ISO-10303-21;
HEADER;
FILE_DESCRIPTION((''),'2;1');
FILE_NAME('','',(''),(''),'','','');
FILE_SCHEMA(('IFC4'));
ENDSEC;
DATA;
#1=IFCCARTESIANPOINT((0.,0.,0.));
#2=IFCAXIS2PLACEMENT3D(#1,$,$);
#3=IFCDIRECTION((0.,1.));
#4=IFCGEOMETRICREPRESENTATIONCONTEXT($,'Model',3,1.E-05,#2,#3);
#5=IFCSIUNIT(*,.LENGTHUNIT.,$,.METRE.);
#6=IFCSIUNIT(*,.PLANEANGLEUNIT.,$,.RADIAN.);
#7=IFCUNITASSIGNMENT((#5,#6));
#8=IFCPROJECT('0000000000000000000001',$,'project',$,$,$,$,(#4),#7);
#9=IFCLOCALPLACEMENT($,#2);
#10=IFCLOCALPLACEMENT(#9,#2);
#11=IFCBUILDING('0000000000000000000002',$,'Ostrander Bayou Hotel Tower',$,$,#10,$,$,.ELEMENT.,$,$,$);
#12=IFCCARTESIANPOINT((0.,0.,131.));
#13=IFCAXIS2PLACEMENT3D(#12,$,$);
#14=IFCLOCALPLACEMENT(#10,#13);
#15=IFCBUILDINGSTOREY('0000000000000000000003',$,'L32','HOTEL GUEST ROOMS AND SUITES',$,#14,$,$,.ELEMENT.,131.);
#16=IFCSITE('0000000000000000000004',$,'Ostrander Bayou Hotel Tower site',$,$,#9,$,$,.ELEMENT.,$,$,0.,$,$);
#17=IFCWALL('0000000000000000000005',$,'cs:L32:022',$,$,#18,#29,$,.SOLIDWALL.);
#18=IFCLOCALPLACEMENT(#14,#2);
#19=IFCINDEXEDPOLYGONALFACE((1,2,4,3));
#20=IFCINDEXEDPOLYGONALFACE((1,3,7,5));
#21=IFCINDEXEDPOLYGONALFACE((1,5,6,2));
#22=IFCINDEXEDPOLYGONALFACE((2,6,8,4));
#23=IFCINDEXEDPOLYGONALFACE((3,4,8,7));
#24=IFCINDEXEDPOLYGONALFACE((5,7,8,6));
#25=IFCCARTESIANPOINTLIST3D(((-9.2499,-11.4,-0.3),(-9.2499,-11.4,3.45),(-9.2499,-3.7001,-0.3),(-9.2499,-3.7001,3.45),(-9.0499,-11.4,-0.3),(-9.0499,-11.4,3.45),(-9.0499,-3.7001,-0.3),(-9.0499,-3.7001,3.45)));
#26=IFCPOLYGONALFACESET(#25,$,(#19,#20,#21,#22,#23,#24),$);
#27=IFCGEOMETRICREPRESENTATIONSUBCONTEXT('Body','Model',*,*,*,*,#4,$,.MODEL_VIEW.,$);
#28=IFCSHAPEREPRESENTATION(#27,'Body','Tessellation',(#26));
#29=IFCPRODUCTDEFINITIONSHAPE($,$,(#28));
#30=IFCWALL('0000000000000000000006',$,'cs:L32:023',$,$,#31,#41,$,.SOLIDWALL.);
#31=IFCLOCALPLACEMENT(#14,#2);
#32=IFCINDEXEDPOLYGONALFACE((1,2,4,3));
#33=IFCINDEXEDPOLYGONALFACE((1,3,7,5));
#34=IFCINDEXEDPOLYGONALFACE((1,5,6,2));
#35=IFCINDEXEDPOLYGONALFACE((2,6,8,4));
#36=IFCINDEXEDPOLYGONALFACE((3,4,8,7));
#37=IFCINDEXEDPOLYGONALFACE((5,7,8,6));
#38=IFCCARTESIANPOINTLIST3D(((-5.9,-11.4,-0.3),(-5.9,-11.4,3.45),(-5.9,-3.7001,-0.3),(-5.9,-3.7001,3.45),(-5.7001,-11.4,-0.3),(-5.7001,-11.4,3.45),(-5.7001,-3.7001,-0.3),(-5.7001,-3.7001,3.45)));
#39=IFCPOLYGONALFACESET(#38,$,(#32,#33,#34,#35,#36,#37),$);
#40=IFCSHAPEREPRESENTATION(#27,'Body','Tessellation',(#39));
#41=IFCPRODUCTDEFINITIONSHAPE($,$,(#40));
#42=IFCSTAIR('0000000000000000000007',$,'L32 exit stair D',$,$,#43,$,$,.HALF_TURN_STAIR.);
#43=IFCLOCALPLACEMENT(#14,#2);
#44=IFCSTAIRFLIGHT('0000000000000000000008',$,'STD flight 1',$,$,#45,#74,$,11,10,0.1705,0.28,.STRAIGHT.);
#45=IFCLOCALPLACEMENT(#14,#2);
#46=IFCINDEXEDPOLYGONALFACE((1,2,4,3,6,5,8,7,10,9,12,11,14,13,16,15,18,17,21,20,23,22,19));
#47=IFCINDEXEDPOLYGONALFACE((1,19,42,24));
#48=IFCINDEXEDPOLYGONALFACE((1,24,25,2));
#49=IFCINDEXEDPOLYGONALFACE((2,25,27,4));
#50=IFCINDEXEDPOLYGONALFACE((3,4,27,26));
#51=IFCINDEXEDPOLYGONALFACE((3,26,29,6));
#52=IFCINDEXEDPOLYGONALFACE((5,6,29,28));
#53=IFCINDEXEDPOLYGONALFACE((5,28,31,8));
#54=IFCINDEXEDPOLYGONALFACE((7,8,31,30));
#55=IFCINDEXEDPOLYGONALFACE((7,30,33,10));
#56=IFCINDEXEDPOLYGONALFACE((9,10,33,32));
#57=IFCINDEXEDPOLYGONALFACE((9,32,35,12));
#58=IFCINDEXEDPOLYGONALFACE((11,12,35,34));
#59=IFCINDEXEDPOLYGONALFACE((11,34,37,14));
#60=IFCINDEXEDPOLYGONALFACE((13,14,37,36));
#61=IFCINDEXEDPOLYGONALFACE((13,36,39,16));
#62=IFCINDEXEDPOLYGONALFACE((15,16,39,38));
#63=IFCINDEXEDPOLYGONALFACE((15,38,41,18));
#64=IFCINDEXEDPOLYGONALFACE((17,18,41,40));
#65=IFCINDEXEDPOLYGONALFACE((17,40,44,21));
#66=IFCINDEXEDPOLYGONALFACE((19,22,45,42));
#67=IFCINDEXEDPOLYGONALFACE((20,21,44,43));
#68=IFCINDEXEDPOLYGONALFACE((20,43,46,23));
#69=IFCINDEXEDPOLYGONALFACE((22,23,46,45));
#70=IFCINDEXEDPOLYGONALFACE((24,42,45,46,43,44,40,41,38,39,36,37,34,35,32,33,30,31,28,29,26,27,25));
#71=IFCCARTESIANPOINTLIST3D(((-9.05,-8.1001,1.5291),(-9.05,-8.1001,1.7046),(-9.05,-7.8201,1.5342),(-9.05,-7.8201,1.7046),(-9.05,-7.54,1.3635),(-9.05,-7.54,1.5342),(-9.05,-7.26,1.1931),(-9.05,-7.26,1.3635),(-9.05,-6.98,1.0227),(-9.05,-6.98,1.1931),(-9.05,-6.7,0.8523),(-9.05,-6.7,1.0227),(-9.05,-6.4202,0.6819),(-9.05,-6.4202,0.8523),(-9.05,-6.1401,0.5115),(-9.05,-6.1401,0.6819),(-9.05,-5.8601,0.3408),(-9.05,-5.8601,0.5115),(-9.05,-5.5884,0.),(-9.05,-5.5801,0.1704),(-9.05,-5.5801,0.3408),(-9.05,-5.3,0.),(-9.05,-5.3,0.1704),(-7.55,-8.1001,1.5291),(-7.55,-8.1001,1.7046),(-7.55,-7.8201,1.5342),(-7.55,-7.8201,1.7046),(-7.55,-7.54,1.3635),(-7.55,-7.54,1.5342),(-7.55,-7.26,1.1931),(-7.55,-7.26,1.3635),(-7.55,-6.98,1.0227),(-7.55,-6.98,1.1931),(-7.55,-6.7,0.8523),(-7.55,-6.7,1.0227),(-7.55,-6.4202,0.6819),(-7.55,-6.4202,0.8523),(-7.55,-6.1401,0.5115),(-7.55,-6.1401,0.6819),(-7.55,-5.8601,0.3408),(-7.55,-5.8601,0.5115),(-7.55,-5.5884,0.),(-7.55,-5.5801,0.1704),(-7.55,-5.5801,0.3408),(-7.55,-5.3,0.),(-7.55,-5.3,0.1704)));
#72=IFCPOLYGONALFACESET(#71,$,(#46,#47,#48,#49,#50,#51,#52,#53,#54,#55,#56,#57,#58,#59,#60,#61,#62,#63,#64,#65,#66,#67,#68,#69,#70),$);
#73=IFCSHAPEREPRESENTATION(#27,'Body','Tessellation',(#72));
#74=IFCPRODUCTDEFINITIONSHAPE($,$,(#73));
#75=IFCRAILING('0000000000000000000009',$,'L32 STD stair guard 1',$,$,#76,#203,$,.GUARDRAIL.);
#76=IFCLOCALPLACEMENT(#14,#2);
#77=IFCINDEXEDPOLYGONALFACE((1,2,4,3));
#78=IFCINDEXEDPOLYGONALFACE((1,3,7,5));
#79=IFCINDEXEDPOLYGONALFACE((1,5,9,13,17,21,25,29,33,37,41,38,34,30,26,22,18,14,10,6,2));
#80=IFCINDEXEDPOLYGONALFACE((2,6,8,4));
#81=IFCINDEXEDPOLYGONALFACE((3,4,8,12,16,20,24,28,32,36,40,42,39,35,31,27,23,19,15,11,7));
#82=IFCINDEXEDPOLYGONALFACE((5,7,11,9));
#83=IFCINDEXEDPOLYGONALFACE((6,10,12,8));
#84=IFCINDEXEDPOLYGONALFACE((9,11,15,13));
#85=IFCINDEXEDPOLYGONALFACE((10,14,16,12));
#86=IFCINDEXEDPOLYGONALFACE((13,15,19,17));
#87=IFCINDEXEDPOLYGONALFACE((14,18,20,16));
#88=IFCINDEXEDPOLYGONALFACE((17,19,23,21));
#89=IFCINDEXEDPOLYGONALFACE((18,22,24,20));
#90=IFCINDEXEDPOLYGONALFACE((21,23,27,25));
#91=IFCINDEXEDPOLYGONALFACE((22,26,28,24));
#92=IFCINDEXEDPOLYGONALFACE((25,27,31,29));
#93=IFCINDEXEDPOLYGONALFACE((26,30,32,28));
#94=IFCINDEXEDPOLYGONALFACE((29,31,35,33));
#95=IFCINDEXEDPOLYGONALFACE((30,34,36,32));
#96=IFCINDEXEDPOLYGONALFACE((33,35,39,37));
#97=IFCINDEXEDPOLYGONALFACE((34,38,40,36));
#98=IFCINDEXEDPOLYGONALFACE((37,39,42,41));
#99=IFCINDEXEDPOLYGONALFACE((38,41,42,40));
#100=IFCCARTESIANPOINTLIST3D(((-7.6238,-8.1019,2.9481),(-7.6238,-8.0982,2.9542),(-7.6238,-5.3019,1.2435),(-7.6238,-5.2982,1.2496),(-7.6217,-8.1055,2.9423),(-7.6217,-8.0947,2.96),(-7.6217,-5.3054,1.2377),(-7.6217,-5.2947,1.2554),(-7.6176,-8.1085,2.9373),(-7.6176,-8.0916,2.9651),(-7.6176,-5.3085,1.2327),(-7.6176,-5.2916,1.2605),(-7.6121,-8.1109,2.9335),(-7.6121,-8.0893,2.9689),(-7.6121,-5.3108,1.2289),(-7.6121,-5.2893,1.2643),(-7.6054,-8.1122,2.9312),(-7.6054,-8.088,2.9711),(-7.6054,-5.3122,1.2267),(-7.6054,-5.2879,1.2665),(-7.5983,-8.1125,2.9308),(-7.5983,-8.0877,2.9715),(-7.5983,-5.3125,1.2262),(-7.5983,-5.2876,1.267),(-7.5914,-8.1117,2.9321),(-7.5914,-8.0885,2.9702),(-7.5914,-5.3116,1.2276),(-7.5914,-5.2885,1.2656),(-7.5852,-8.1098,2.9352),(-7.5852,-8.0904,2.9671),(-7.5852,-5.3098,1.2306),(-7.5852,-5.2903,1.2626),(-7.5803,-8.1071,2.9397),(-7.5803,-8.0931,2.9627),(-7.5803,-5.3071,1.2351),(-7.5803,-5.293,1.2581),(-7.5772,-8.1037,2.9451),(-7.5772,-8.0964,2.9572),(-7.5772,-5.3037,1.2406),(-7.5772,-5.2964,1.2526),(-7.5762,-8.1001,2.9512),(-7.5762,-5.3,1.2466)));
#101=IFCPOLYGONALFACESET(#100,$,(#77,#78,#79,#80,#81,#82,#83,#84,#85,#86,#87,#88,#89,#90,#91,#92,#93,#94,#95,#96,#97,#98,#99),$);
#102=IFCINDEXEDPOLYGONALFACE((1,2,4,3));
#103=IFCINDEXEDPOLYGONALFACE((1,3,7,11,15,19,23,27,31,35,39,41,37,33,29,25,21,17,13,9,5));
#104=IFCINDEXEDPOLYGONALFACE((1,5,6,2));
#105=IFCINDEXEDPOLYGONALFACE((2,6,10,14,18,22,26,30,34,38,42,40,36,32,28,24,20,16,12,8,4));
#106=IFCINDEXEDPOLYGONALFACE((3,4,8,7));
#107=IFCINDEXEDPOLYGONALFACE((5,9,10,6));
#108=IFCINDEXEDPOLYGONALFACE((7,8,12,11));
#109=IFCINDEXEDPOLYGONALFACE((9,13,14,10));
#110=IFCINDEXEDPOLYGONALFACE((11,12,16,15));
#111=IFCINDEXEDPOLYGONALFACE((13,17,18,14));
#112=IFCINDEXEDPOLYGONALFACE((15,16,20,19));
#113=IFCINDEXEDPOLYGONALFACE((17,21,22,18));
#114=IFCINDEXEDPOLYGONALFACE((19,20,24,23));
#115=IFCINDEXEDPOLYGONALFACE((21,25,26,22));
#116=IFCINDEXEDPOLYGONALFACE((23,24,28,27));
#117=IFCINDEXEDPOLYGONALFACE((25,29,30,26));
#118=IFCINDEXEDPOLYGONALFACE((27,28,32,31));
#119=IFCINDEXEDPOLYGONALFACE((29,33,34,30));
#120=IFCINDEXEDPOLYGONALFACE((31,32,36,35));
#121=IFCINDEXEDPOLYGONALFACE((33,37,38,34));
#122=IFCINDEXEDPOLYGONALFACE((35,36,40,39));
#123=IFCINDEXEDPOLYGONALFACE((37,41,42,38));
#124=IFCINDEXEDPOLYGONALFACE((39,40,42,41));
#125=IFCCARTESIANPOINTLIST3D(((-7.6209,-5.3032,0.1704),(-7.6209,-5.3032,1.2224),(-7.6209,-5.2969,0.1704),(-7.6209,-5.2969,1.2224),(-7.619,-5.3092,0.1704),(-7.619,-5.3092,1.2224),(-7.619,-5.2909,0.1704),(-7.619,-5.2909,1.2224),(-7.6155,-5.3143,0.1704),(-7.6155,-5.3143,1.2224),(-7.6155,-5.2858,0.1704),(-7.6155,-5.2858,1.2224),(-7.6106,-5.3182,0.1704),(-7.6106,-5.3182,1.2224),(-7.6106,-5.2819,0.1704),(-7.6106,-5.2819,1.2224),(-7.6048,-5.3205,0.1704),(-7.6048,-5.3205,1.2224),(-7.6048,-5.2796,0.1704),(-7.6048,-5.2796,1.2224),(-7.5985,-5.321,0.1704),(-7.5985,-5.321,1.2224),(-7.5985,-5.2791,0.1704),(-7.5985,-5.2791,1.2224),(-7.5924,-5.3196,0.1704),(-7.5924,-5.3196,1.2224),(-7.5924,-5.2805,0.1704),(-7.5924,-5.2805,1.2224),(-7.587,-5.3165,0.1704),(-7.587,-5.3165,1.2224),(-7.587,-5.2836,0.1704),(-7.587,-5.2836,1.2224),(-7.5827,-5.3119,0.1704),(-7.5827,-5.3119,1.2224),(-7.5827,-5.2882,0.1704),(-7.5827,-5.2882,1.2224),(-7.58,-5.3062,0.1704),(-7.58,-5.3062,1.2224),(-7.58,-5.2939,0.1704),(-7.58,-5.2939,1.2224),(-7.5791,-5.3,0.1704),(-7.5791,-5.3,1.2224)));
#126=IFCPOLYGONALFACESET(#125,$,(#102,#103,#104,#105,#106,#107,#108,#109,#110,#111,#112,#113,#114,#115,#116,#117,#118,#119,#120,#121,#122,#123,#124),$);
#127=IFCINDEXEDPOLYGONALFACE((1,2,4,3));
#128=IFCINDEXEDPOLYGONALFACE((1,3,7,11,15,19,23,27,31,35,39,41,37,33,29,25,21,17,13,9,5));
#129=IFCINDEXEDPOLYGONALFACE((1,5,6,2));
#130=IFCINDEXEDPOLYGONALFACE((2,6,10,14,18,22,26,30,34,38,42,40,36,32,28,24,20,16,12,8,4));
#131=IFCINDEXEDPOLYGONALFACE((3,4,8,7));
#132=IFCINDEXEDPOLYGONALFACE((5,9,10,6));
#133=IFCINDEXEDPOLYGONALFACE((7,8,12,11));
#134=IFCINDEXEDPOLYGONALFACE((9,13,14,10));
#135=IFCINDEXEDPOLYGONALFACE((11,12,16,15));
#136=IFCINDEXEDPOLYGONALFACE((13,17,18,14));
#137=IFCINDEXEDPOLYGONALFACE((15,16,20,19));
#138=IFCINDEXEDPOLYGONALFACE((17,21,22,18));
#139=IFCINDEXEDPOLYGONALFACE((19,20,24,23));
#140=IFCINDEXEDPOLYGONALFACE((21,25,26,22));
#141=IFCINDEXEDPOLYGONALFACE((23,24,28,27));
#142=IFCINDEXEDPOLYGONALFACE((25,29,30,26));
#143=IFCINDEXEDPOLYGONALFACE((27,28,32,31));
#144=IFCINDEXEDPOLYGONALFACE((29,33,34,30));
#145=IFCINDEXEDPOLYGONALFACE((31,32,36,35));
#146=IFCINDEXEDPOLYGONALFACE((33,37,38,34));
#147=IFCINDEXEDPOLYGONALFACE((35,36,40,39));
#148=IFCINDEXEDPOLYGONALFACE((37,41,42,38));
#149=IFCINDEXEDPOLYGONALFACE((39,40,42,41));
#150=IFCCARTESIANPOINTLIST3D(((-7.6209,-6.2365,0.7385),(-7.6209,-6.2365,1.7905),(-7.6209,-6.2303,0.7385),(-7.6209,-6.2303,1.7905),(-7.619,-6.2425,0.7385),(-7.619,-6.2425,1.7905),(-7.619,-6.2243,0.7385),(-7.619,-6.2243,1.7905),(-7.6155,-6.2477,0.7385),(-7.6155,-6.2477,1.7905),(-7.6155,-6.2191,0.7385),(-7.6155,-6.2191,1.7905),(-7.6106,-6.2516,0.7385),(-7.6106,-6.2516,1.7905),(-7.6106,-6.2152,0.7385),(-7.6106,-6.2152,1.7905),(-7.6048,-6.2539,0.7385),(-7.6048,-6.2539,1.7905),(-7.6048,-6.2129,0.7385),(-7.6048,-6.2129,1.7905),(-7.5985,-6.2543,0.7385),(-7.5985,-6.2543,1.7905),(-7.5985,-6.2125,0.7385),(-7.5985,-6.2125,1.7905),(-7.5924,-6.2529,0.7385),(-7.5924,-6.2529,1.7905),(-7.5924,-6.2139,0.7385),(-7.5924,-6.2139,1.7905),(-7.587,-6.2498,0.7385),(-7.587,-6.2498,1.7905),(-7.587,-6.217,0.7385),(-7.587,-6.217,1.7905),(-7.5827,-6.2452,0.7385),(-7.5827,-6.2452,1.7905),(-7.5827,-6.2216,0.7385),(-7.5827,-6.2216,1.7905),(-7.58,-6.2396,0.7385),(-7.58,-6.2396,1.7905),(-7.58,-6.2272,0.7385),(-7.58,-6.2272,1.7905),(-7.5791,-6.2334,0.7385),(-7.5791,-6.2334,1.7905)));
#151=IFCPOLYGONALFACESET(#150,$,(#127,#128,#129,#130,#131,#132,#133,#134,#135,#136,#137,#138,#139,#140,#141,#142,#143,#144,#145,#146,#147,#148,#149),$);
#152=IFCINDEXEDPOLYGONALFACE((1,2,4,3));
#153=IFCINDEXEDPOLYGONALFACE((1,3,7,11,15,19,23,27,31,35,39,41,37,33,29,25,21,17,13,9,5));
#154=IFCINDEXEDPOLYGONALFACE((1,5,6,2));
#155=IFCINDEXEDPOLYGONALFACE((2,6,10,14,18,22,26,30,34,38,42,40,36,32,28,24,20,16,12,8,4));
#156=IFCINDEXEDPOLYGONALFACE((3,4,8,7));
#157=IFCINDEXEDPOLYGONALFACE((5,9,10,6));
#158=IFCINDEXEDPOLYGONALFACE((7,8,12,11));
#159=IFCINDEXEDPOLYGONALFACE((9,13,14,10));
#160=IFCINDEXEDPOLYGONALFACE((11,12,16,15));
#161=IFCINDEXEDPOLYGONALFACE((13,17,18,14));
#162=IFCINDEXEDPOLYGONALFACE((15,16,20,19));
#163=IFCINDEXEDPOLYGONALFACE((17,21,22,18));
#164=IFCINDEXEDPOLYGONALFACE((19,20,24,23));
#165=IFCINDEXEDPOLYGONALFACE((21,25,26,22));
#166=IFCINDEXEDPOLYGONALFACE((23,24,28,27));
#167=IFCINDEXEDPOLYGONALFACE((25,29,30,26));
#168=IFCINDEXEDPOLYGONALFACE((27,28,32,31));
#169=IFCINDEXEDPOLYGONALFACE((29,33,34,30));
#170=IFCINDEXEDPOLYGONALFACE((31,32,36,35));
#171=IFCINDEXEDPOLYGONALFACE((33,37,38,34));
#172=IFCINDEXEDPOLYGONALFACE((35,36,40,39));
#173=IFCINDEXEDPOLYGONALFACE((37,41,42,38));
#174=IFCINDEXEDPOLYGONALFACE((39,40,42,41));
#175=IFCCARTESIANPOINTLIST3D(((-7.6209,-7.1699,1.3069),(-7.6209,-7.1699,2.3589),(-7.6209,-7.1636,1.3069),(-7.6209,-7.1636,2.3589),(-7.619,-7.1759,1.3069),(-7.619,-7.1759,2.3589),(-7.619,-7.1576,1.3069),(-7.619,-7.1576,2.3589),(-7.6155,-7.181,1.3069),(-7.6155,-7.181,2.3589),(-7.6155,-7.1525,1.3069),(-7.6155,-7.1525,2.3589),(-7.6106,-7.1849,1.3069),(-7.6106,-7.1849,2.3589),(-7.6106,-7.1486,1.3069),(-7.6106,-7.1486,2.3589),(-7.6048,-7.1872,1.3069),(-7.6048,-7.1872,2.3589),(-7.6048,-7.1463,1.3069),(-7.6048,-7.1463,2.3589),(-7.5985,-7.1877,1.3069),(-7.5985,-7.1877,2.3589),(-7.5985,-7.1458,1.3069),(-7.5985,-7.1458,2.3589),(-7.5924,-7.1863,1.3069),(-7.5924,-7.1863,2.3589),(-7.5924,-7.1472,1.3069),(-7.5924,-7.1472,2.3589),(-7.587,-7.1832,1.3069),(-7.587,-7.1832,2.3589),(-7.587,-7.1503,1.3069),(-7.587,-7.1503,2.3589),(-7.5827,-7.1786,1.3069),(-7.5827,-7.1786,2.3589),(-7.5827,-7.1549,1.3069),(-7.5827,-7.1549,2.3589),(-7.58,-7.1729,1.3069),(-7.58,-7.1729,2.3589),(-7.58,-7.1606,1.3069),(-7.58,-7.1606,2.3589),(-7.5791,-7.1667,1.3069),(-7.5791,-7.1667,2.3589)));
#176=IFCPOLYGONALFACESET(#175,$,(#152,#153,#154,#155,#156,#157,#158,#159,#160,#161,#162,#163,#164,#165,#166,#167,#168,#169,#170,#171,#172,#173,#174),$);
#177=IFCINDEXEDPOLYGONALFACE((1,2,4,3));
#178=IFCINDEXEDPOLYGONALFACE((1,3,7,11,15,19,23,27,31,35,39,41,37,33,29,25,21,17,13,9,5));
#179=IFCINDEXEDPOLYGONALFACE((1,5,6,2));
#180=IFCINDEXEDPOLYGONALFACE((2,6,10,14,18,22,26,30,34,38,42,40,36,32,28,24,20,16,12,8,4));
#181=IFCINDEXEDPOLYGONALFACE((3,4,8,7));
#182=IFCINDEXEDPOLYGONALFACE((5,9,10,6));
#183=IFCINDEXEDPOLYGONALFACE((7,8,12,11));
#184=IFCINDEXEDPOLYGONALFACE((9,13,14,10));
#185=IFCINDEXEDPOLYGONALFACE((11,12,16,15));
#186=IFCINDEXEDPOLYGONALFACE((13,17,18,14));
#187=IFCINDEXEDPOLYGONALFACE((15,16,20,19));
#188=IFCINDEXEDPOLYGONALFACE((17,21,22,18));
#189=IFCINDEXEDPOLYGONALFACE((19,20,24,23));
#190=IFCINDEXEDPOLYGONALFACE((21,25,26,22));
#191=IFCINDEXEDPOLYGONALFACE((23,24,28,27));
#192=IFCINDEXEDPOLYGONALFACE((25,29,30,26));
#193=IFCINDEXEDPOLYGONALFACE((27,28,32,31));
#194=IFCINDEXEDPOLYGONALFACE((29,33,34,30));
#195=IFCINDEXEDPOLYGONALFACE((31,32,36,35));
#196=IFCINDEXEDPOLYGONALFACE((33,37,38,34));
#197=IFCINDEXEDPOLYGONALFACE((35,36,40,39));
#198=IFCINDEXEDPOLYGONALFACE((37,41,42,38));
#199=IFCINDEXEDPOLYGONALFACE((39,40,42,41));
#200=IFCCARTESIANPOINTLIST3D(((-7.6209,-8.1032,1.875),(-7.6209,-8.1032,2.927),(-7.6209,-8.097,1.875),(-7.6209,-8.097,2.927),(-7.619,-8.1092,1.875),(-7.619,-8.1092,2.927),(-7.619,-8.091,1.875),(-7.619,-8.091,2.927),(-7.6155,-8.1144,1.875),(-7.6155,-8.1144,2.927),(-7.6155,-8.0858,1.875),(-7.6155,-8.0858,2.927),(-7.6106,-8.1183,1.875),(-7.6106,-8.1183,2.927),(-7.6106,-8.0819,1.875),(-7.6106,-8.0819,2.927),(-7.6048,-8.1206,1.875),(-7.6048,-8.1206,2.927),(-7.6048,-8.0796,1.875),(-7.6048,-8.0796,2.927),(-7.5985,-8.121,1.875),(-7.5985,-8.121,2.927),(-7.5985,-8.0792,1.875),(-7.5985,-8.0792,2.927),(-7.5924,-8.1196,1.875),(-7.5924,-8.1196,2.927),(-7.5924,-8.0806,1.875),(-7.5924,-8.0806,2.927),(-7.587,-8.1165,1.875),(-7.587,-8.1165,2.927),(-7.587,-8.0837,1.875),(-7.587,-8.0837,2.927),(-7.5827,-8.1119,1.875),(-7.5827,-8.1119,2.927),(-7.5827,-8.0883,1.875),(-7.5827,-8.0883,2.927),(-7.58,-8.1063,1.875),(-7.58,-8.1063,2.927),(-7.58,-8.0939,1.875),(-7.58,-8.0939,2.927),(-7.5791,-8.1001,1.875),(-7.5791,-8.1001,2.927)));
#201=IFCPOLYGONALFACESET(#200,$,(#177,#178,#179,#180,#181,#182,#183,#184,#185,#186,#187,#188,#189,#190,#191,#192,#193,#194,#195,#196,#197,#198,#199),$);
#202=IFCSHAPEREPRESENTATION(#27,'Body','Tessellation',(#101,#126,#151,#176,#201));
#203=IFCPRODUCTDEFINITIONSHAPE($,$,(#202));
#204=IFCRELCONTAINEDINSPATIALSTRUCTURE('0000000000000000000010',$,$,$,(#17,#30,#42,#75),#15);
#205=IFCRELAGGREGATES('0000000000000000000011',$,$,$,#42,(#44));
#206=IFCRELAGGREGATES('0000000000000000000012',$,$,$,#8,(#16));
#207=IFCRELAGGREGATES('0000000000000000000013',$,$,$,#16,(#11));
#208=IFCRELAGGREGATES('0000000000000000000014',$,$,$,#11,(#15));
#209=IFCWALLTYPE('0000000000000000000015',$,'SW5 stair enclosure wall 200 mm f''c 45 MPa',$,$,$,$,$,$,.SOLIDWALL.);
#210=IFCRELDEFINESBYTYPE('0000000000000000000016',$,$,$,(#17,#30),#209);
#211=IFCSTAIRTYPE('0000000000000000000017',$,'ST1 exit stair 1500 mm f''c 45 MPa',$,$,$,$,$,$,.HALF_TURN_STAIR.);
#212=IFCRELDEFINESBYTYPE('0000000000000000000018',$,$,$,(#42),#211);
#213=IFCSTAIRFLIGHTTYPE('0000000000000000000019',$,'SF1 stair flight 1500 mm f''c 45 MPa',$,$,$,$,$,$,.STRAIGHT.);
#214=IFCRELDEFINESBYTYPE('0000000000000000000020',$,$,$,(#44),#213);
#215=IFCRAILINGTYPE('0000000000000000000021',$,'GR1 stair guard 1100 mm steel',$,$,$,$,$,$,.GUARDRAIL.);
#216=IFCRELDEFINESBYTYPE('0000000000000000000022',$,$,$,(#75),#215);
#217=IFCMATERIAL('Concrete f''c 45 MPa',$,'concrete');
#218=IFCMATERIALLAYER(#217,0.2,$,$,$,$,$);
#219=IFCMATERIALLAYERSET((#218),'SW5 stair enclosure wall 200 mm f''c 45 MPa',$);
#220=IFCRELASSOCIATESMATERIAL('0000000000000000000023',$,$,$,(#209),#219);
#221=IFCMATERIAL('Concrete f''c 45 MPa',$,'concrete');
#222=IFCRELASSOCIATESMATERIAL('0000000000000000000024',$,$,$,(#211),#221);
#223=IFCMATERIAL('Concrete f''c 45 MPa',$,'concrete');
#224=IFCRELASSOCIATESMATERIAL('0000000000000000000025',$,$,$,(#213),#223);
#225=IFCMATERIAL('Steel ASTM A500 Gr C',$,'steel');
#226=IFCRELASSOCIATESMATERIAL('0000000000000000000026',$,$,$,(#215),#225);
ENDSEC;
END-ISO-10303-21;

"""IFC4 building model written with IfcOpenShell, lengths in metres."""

from ifc_helpers import new_model, si_unit, direction, frame, frame_2d, origin, origin_2d, place, context, subcontext, project, spatial, polyline, rectangle, circle, outline, extrude, material, layer, layer_set, type_object, element, aggregate, save


model = new_model("IFC4")

# Units and contexts
model_context = context("Model", 3, precision=1e-05, world=origin(), true_north=direction((0.0, 1.0)))
body_context = subcontext(model_context, "Body", "Model", "MODEL_VIEW")
ifc_project = project(units=[si_unit("LENGTHUNIT", "METRE"), si_unit("PLANEANGLEUNIT", "RADIAN")], contexts=[model_context])

# Site, building, storey
site_placement = place(None, origin())
site = spatial("IfcSite", under=ifc_project, at=site_placement, Name="Ostrander Bayou Hotel Tower site", CompositionType="ELEMENT", RefElevation=0.0)
building_placement = place(site_placement, origin())
building = spatial("IfcBuilding", under=site, at=building_placement, Name="Ostrander Bayou Hotel Tower", CompositionType="ELEMENT")
storey_placement = place(building_placement, frame((0.0, 0.0, 131.0)))
storey = spatial("IfcBuildingStorey", under=building, at=storey_placement, Name="L32", Description="HOTEL GUEST ROOMS AND SUITES", CompositionType="ELEMENT", Elevation=131.0)

# Shared definitions
ifc_material_1 = material(Name="Concrete f'c 45 MPa", Category="concrete")
ifc_layer_1 = layer(ifc_material_1, 0.2)
ifc_layer_set_1 = layer_set([ifc_layer_1], Name="SW5 stair enclosure wall 200 mm f'c 45 MPa")
wall_type_1 = type_object("IfcWallType", Name="SW5 stair enclosure wall 200 mm f'c 45 MPa", PredefinedType="SOLIDWALL", material=ifc_layer_set_1)

# Walls
for number, where, z_axis, x_axis, name in (
    (1, (-9.1499, -3.7, -0.3), (0.0, 0.0, 1.0), (0.0, -1.0, 0.0), "cs:L32:022"),
    (2, (-5.8, -3.7, -0.3), (0.0, 0.0, 1.0), (0.0, -1.0, 0.0), "cs:L32:023"),
):
    element("IfcWall", number, at=place(storey_placement, frame(where, z_axis=z_axis, x_axis=x_axis)), inside=storey, type_object=wall_type_1, Name=name, PredefinedType="SOLIDWALL", context=body_context, shape_type="SweptSolid", body=[
        extrude(rectangle(XDim=7.7, YDim=0.2, at=frame_2d((3.8501, 0.0))), origin(), (0.0, 0.0, 1.0), 3.75),
    ])

# Stair, stair flight
ifc_material_2 = material(Name="Concrete f'c 45 MPa", Category="concrete")
stair_type = type_object("IfcStairType", Name="ST1 exit stair 1500 mm f'c 45 MPa", PredefinedType="HALF_TURN_STAIR", material=ifc_material_2)
stair_placement = place(storey_placement, origin())
stair = element("IfcStair", 3, at=stair_placement, inside=storey, type_object=stair_type, Name="L32 exit stair D", PredefinedType="HALF_TURN_STAIR")
ifc_material_3 = material(Name="Concrete f'c 45 MPa", Category="concrete")
stair_flight_type = type_object("IfcStairFlightType", Name="SF1 stair flight 1500 mm f'c 45 MPa", PredefinedType="STRAIGHT", material=ifc_material_3)
stair_flight_placement = place(storey_placement, frame((-8.3, -5.3, 0.0), z_axis=(0.0, 0.0, 1.0), x_axis=(0.0, -1.0, 0.0)))
stair_flight = element("IfcStairFlight", 4, at=stair_flight_placement, type_object=stair_flight_type, Name="STD flight 1", NumberOfRisers=11, NumberOfTreads=10, PredefinedType="STRAIGHT", RiserHeight=0.1705, TreadLength=0.28, context=body_context, shape_type="SweptSolid", body=[
    extrude(outline(polyline([(0.0, 0.0), (0.0, 0.1704), (0.28, 0.1704), (0.28, 0.3408), (0.5601, 0.3408), (0.5601, 0.5115), (0.8401, 0.5115), (0.8401, 0.6819), (1.1201, 0.6819), (1.1201, 0.8523), (1.3999, 0.8523), (1.3999, 1.0227), (1.6799, 1.0227), (1.6799, 1.1931), (1.96, 1.1931), (1.96, 1.3635), (2.24, 1.3635), (2.24, 1.5342), (2.52, 1.5342), (2.52, 1.7046), (2.8, 1.7046), (2.8, 1.875), (2.8, 1.5291), (0.2883, 0.0), (0.0, 0.0)])), frame((0.0, 0.75, 0.0), z_axis=(0.0, -1.0, 0.0), x_axis=(1.0, 0.0, 0.0)), (0.0, 0.0, 1.0), 1.5),
])
aggregate(stair, [stair_flight])

# Railing
ifc_material_4 = material(Name="Steel ASTM A500 Gr C", Category="steel")
railing_type_1 = type_object("IfcRailingType", Name="GR1 stair guard 1100 mm steel", PredefinedType="GUARDRAIL", material=ifc_material_4)
railing_1_placement = place(storey_placement, frame((-7.6001, -5.3, 0.1704)))
element("IfcRailing", 5, at=railing_1_placement, inside=storey, type_object=railing_type_1, Name="L32 STD stair guard 1", PredefinedType="GUARDRAIL", context=body_context, shape_type="SweptSolid", body=[
    extrude(circle(Radius=0.0239, at=origin_2d()), frame((0.0, 0.0, 1.0762), z_axis=(0.0, -0.85417, 0.519994), x_axis=(1.0, 0.0, 0.0)), (0.0, 0.0, 1.0), 3.2781),
    extrude(circle(Radius=0.021, at=origin_2d()), origin(), (0.0, 0.0, 1.0), 1.052),
    extrude(circle(Radius=0.021, at=origin_2d()), frame((0.0, -0.9333, 0.5681)), (0.0, 0.0, 1.0), 1.052),
    extrude(circle(Radius=0.021, at=origin_2d()), frame((0.0, -1.8667, 1.1365)), (0.0, 0.0, 1.0), 1.052),
    extrude(circle(Radius=0.021, at=origin_2d()), frame((0.0, -2.8, 1.7046)), (0.0, 0.0, 1.0), 1.052),
])

save(model, "model.ifc")
